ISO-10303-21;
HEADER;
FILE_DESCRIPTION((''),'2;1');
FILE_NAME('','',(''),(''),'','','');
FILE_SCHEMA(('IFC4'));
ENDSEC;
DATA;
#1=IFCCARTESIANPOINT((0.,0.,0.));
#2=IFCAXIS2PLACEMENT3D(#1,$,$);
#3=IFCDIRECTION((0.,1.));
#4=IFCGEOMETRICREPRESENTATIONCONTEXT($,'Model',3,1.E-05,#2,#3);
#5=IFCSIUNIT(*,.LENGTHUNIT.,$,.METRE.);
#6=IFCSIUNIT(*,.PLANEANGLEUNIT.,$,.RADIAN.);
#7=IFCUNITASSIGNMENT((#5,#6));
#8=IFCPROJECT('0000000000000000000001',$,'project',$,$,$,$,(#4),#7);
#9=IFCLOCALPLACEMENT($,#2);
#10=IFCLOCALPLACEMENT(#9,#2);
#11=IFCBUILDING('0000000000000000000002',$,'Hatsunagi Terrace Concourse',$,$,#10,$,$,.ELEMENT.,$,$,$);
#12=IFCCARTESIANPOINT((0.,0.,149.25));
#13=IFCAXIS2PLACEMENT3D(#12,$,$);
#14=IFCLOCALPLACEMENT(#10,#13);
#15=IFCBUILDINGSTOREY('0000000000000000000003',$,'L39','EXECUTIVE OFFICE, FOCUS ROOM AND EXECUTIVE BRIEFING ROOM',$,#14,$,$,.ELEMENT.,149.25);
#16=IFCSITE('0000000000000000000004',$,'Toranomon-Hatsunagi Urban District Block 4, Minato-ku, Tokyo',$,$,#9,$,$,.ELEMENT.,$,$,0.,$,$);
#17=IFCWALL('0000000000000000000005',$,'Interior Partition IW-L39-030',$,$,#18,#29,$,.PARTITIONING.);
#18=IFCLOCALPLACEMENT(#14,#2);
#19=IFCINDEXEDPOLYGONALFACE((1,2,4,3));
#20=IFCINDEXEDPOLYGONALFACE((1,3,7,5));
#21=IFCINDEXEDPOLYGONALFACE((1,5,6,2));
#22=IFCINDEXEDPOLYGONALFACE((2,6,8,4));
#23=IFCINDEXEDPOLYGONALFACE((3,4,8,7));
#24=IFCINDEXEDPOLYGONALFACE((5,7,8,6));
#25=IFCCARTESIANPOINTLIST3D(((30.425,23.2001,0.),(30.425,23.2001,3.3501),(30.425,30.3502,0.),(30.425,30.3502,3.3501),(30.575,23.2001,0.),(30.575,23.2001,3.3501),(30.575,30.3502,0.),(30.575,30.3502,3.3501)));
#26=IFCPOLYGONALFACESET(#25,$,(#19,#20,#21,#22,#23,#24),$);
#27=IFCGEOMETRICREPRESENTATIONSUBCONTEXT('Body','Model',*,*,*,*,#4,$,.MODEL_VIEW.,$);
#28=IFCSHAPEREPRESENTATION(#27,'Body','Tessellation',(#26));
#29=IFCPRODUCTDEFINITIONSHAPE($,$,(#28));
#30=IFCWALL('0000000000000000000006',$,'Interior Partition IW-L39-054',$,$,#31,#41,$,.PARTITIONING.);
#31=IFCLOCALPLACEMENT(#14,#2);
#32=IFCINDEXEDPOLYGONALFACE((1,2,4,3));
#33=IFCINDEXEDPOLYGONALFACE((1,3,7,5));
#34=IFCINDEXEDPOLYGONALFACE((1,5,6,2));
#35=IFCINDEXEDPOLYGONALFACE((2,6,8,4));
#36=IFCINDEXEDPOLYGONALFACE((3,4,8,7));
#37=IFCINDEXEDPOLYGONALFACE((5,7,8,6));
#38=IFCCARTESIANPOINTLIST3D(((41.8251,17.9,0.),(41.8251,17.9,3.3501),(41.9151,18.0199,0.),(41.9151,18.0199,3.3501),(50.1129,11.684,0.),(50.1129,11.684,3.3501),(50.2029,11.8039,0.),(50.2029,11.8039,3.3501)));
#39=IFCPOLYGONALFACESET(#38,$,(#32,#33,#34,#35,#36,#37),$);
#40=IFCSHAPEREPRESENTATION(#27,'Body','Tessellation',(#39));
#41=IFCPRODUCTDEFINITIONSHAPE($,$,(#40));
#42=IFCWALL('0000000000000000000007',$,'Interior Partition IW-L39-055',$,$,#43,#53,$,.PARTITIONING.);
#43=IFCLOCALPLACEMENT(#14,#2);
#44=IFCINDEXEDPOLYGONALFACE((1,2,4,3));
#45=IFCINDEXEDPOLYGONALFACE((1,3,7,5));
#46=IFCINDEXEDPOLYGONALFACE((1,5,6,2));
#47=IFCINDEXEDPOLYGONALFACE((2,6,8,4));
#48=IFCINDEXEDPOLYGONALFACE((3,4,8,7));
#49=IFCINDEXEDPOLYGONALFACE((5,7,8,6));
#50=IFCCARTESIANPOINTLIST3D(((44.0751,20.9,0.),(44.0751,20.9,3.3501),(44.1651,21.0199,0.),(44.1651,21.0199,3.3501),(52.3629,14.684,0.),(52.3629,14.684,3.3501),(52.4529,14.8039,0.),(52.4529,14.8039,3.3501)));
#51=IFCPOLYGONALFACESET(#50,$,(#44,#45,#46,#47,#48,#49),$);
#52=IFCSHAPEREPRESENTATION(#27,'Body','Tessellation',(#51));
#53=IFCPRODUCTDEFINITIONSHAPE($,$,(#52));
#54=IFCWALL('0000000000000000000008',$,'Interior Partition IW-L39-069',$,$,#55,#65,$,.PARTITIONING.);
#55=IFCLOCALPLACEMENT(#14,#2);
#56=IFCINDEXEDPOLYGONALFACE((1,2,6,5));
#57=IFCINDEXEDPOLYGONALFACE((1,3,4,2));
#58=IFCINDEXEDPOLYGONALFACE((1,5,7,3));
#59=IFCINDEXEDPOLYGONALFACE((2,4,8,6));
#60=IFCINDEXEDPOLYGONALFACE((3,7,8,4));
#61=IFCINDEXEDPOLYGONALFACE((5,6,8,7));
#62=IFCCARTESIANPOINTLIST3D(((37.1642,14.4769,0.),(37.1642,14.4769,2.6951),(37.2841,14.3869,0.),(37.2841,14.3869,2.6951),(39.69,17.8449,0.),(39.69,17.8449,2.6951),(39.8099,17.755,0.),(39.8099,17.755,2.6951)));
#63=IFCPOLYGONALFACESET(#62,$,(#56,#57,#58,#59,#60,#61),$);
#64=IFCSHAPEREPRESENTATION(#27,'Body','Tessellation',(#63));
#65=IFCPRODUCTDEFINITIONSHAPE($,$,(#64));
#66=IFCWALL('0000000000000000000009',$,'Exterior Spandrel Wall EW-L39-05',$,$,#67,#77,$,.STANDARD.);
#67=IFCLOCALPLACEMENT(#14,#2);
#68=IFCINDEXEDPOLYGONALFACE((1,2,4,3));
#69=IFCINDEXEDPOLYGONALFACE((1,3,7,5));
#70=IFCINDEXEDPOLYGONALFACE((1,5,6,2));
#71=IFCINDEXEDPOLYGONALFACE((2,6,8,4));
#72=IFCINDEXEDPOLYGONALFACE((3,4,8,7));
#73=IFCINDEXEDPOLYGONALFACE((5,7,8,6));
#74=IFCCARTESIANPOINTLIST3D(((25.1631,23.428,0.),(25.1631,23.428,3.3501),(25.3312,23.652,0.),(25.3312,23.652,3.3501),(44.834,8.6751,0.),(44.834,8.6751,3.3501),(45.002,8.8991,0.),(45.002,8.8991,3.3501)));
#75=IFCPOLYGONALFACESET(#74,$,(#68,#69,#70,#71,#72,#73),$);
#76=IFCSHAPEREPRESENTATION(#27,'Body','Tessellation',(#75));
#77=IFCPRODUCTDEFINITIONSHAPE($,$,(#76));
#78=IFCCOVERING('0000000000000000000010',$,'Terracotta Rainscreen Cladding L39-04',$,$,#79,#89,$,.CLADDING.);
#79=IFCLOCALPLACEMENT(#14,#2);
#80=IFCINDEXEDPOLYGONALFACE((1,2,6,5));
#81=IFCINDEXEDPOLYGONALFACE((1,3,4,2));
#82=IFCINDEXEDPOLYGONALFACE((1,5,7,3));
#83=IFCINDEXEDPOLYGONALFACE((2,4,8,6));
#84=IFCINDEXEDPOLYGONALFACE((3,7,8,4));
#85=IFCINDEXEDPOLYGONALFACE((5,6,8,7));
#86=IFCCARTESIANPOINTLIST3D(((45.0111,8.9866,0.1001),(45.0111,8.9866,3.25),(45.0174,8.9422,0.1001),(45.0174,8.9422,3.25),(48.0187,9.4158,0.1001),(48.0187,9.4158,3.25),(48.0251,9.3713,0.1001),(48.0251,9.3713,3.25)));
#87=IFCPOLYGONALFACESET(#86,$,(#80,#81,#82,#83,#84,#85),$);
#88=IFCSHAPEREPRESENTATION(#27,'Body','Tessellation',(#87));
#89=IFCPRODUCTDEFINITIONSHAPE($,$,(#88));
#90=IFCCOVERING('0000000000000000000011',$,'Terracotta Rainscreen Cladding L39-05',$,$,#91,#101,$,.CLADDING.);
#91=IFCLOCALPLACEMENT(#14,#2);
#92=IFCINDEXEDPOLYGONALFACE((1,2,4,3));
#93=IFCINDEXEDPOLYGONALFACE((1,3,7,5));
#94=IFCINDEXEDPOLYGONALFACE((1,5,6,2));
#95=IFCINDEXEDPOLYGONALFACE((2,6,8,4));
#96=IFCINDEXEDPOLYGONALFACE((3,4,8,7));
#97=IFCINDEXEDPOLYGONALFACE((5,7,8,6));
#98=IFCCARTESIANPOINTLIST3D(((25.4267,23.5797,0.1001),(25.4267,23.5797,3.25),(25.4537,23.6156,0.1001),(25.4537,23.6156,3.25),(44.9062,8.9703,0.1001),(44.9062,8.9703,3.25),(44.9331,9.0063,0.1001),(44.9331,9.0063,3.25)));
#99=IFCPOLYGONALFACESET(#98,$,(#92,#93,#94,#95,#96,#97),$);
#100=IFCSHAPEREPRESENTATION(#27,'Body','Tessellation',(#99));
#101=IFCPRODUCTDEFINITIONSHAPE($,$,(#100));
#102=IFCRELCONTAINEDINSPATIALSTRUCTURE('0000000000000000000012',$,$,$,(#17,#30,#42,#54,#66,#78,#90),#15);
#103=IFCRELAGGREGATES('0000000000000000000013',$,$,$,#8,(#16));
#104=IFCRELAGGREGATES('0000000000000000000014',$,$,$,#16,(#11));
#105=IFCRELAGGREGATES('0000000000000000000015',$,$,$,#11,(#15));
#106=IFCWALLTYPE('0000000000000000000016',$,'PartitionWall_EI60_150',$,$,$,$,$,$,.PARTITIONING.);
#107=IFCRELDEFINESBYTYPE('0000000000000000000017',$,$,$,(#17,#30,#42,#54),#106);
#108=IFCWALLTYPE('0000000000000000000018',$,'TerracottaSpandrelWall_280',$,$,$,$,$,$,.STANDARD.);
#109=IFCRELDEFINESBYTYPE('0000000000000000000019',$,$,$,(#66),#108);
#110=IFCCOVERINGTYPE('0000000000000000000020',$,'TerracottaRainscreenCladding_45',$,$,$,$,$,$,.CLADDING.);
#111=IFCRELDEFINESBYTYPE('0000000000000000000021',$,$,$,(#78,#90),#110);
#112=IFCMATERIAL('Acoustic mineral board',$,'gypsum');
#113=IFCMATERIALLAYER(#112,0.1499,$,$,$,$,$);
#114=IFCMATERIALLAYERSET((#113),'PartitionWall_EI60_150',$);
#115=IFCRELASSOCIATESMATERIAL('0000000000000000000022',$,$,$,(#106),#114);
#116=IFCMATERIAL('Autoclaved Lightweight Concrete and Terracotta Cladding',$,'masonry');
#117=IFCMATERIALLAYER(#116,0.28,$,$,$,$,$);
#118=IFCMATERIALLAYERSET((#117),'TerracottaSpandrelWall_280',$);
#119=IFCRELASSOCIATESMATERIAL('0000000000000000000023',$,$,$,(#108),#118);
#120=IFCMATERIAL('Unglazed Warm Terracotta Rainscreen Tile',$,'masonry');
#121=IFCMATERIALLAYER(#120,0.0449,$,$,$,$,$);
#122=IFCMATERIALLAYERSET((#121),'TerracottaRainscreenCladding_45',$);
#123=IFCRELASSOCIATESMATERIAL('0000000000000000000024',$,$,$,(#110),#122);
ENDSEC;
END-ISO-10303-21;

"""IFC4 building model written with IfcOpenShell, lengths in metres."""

from ifc_helpers import new_model, si_unit, direction, frame, frame_2d, origin, origin_2d, place, context, subcontext, project, spatial, rectangle, extrude, material, layer, layer_set, type_object, element, save


model = new_model("IFC4")

# Units and contexts
model_context = context("Model", 3, precision=1e-05, world=origin(), true_north=direction((0.0, 1.0)))
body_context = subcontext(model_context, "Body", "Model", "MODEL_VIEW")
ifc_project = project(units=[si_unit("LENGTHUNIT", "METRE"), si_unit("PLANEANGLEUNIT", "RADIAN")], contexts=[model_context])

# Site, building, storey
site_placement = place(None, origin())
site = spatial("IfcSite", under=ifc_project, at=site_placement, Name="Toranomon-Hatsunagi Urban District Block 4, Minato-ku, Tokyo", CompositionType="ELEMENT", RefElevation=0.0)
building_placement = place(site_placement, origin())
building = spatial("IfcBuilding", under=site, at=building_placement, Name="Hatsunagi Terrace Concourse", CompositionType="ELEMENT")
storey_placement = place(building_placement, frame((0.0, 0.0, 149.25)))
storey = spatial("IfcBuildingStorey", under=building, at=storey_placement, Name="L39", Description="EXECUTIVE OFFICE, FOCUS ROOM AND EXECUTIVE BRIEFING ROOM", CompositionType="ELEMENT", Elevation=149.25)

# Walls
ifc_material_1 = material(Name="Acoustic mineral board", Category="gypsum")
ifc_layer_1 = layer(ifc_material_1, 0.1499)
ifc_layer_set_1 = layer_set([ifc_layer_1], Name="PartitionWall_EI60_150")
wall_type_1 = type_object("IfcWallType", Name="PartitionWall_EI60_150", PredefinedType="PARTITIONING", material=ifc_layer_set_1)
wall_1_placement = place(storey_placement, frame((30.5, 23.2, 0.0), z_axis=(0.0, 0.0, 1.0), x_axis=(0.0, 1.0, 0.0)))
element("IfcWall", 1, at=wall_1_placement, inside=storey, type_object=wall_type_1, Name="Interior Partition IW-L39-030", PredefinedType="PARTITIONING", context=body_context, shape_type="SweptSolid", body=[
    extrude(rectangle(XDim=7.1501, YDim=0.1499, at=frame_2d((3.5752, 0.0))), origin(), (0.0, 0.0, 1.0), 3.3501),
])
for number, where, z_axis, x_axis, name in (
    (2, (41.8701, 17.96, 0.0), (0.0, 0.0, 1.0), (0.799992, -0.600011, 0.0), "Interior Partition IW-L39-054"),
    (3, (44.1201, 20.96, 0.0), (0.0, 0.0, 1.0), (0.799992, -0.600011, 0.0), "Interior Partition IW-L39-055"),
):
    element("IfcWall", number, at=place(storey_placement, frame(where, z_axis=z_axis, x_axis=x_axis)), inside=storey, type_object=wall_type_1, Name=name, PredefinedType="PARTITIONING", context=body_context, shape_type="SweptSolid", body=[
        extrude(rectangle(XDim=10.3599, YDim=0.1499, at=frame_2d((5.1799, 0.0))), origin(), (0.0, 0.0, 1.0), 3.3501),
    ])

# Walls
wall_2_placement = place(storey_placement, frame((37.2241, 14.4319, 0.0), z_axis=(0.0, 0.0, 1.0), x_axis=(0.599963, 0.800028, 0.0)))
element("IfcWall", 4, at=wall_2_placement, inside=storey, type_object=wall_type_1, Name="Interior Partition IW-L39-069", PredefinedType="PARTITIONING", context=body_context, shape_type="SweptSolid", body=[
    extrude(rectangle(XDim=4.21, YDim=0.1499, at=frame_2d((2.105, 0.0))), origin(), (0.0, 0.0, 1.0), 2.6951),
])
ifc_material_2 = material(Name="Autoclaved Lightweight Concrete and Terracotta Cladding", Category="masonry")
ifc_layer_2 = layer(ifc_material_2, 0.28)
ifc_layer_set_2 = layer_set([ifc_layer_2], Name="TerracottaSpandrelWall_280")
wall_type_2 = type_object("IfcWallType", Name="TerracottaSpandrelWall_280", PredefinedType="STANDARD", material=ifc_layer_set_2)
wall_3_placement = place(storey_placement, frame((44.918, 8.7871, 0.0), z_axis=(0.0, 0.0, 1.0), x_axis=(-0.800005, 0.599994, 0.0)))
element("IfcWall", 5, at=wall_3_placement, inside=storey, type_object=wall_type_2, Name="Exterior Spandrel Wall EW-L39-05", PredefinedType="STANDARD", context=body_context, shape_type="SweptSolid", body=[
    extrude(rectangle(XDim=24.5884, YDim=0.28, at=frame_2d((12.2942, 0.0))), origin(), (0.0, 0.0, 1.0), 3.3501),
])

# Coverings
ifc_material_3 = material(Name="Unglazed Warm Terracotta Rainscreen Tile", Category="masonry")
ifc_layer_3 = layer(ifc_material_3, 0.0449)
ifc_layer_set_3 = layer_set([ifc_layer_3], Name="TerracottaRainscreenCladding_45")
covering_type = type_object("IfcCoveringType", Name="TerracottaRainscreenCladding_45", PredefinedType="CLADDING", material=ifc_layer_set_3)
covering_1_placement = place(storey_placement, frame((46.5181, 9.179, 0.1001), z_axis=(0.0, 0.0, 1.0), x_axis=(-0.989974, -0.14125, 0.0)))
element("IfcCovering", 6, at=covering_1_placement, inside=storey, type_object=covering_type, Name="Terracotta Rainscreen Cladding L39-04", PredefinedType="CLADDING", context=body_context, shape_type="SweptSolid", body=[
    extrude(rectangle(XDim=3.0381, YDim=0.0449, at=origin_2d()), origin(), (0.0, 0.0, 1.0), 3.1499),
])
covering_2_placement = place(storey_placement, frame((35.1799, 16.293, 0.1001), z_axis=(0.0, 0.0, 1.0), x_axis=(-0.800005, 0.599993, 0.0)))
element("IfcCovering", 7, at=covering_2_placement, inside=storey, type_object=covering_type, Name="Terracotta Rainscreen Cladding L39-05", PredefinedType="CLADDING", context=body_context, shape_type="SweptSolid", body=[
    extrude(rectangle(XDim=24.3491, YDim=0.0449, at=origin_2d()), origin(), (0.0, 0.0, 1.0), 3.1499),
])

save(model, "model.ifc")
